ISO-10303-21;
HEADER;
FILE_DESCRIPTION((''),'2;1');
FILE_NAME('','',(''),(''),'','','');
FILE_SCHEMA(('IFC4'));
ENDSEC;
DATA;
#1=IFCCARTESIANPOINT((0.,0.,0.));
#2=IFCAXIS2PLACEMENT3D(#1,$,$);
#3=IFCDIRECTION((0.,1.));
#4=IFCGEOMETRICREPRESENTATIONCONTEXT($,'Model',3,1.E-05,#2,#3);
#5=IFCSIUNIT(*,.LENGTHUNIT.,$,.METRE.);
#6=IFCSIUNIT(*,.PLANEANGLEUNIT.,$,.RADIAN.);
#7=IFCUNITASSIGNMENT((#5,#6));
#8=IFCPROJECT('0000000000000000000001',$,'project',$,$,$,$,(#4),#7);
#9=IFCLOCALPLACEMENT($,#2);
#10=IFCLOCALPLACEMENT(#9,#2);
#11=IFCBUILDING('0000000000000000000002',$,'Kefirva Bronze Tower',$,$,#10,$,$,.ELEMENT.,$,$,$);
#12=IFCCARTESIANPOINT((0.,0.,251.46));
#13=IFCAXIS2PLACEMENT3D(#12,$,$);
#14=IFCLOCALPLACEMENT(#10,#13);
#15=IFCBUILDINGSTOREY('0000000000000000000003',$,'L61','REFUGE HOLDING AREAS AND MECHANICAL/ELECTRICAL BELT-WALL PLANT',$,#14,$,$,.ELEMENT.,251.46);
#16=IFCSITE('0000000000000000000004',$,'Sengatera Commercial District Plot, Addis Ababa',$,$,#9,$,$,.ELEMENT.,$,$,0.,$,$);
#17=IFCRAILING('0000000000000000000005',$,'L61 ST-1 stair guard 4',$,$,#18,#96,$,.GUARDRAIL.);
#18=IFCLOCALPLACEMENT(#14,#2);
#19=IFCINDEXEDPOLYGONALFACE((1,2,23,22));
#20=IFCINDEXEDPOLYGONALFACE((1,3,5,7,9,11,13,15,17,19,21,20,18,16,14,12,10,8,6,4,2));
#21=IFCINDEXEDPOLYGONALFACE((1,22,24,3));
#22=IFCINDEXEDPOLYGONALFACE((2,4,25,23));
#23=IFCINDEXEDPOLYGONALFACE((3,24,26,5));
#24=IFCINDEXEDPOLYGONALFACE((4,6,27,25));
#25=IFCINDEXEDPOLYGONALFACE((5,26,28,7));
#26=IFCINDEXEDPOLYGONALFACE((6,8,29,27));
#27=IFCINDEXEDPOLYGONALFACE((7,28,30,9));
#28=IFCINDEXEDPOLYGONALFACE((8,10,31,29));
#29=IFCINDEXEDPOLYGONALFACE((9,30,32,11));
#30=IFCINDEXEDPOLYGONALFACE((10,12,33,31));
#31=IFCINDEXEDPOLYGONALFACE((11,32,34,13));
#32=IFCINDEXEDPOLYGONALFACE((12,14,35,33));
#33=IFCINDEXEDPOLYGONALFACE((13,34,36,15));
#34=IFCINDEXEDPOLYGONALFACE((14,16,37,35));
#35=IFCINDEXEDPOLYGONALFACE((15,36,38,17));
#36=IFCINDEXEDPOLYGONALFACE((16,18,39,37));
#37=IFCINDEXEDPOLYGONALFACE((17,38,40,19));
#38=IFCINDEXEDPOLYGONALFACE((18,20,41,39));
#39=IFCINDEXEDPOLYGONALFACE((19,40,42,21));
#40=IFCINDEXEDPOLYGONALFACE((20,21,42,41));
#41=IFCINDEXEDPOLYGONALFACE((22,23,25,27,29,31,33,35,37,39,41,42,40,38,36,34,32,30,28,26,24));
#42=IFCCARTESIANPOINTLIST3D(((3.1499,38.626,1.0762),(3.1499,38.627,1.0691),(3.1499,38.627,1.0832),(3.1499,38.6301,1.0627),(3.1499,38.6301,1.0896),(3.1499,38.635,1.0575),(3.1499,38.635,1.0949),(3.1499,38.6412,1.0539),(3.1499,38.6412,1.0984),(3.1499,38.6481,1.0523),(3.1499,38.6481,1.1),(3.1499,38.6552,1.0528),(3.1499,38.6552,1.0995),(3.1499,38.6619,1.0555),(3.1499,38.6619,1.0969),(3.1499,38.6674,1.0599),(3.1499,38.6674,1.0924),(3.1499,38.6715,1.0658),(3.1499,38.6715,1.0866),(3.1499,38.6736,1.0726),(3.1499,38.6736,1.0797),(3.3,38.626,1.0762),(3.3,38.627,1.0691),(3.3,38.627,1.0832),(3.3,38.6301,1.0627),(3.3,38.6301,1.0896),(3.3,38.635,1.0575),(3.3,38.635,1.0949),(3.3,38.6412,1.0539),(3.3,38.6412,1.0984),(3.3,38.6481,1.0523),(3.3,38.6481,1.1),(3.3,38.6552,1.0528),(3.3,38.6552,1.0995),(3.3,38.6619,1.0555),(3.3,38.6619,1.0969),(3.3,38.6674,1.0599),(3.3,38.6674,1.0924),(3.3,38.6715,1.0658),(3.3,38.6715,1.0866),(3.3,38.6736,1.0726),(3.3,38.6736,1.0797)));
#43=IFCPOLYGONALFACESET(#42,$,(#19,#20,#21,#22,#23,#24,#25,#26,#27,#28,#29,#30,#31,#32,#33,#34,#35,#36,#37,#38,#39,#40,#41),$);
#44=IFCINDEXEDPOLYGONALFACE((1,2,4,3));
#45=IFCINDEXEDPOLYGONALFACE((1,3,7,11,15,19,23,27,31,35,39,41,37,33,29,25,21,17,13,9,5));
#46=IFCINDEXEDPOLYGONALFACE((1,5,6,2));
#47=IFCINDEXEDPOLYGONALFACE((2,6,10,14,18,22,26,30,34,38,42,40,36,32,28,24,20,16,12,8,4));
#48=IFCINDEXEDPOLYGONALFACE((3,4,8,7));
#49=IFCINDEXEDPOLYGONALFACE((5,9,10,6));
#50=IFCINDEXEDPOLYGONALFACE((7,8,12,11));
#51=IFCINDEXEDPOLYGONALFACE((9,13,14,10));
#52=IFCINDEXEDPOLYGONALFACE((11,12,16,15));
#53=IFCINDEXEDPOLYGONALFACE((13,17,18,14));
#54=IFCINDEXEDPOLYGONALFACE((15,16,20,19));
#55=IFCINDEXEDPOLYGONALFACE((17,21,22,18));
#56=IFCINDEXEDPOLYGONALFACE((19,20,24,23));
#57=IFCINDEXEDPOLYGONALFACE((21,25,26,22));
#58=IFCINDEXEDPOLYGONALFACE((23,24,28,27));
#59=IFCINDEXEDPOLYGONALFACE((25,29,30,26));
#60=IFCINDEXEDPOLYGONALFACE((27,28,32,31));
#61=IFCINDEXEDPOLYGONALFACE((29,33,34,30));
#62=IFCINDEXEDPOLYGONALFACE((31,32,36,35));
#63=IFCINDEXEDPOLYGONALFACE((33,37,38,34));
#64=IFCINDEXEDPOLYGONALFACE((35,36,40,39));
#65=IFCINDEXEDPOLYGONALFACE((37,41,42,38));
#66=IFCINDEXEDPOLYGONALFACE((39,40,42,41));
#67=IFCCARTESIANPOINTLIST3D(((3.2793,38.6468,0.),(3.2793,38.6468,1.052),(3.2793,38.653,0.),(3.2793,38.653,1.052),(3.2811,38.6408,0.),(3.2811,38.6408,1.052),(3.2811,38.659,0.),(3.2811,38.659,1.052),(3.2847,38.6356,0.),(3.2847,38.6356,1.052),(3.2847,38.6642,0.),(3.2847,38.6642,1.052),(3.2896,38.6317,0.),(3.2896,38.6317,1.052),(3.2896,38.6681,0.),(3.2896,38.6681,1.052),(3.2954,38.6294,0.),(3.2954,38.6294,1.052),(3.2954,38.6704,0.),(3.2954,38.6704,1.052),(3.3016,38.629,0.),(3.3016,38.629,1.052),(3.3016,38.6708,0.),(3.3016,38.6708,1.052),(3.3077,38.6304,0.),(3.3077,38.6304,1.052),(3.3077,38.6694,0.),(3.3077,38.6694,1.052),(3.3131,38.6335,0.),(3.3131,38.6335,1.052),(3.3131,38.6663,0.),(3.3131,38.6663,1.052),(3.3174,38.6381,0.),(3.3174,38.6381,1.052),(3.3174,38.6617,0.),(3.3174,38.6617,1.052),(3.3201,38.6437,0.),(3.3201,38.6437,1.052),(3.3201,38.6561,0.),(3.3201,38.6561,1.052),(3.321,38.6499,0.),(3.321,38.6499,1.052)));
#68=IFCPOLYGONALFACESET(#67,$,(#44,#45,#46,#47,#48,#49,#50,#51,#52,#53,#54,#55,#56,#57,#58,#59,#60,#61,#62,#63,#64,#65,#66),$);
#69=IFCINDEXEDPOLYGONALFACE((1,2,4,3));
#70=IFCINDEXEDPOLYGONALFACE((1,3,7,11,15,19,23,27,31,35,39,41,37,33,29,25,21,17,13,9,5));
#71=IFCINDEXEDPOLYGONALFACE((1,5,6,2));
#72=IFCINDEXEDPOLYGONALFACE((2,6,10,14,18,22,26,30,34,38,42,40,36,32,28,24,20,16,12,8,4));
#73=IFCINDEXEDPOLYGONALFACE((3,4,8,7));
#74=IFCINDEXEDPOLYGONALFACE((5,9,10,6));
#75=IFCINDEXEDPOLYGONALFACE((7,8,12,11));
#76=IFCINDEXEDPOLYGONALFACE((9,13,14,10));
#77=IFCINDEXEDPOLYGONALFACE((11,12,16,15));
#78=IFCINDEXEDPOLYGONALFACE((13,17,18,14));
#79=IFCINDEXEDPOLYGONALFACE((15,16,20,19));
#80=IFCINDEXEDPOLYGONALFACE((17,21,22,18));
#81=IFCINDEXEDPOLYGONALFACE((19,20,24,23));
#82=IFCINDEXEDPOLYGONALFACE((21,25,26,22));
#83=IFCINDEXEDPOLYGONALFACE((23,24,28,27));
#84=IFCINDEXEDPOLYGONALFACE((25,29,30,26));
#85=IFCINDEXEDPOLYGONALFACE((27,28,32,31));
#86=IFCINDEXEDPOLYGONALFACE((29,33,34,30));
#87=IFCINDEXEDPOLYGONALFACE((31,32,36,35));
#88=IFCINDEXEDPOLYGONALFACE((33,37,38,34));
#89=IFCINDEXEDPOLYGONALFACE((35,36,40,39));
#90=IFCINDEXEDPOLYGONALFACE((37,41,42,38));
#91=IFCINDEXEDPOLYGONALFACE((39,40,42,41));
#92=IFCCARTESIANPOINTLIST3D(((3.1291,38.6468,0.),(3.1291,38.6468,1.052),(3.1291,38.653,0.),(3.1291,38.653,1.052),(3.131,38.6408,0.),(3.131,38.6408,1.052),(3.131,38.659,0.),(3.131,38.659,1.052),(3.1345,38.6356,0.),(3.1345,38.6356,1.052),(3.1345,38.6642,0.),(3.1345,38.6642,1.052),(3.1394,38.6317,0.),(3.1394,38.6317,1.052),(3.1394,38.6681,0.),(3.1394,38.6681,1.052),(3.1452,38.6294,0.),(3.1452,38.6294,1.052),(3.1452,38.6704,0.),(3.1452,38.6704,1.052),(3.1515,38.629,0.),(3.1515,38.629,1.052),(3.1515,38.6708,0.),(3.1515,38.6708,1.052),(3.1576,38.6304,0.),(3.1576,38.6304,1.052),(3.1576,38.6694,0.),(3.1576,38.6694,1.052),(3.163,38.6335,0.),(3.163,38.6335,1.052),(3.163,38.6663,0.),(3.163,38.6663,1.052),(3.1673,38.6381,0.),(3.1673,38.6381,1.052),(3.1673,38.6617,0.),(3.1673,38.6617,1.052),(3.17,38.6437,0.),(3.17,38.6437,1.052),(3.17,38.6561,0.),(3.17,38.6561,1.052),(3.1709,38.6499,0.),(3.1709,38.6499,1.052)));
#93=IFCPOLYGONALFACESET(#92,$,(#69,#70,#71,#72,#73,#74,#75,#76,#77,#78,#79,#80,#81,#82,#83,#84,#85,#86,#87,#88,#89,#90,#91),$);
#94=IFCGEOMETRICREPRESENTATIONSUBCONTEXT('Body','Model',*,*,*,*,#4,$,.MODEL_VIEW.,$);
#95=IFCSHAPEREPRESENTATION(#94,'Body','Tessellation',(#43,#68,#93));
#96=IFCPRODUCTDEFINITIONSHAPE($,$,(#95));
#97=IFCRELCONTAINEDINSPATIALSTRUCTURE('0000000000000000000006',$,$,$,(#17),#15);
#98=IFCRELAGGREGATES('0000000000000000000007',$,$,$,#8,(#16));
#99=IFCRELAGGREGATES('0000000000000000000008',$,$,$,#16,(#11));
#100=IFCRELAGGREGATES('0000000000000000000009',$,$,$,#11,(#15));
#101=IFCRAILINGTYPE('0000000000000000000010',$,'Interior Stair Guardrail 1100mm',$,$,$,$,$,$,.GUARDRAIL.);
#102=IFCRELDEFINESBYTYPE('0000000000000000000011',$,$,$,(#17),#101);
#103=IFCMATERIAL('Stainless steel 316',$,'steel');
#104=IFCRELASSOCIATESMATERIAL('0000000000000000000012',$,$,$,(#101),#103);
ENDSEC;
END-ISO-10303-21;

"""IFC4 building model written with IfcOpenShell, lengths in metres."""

from ifc_helpers import new_model, si_unit, direction, frame, origin, origin_2d, place, context, subcontext, project, spatial, circle, extrude, material, type_object, element, save


model = new_model("IFC4")

# Units and contexts
model_context = context("Model", 3, precision=1e-05, world=origin(), true_north=direction((0.0, 1.0)))
body_context = subcontext(model_context, "Body", "Model", "MODEL_VIEW")
ifc_project = project(units=[si_unit("LENGTHUNIT", "METRE"), si_unit("PLANEANGLEUNIT", "RADIAN")], contexts=[model_context])

# Site, building, storey
site_placement = place(None, origin())
site = spatial("IfcSite", under=ifc_project, at=site_placement, Name="Sengatera Commercial District Plot, Addis Ababa", CompositionType="ELEMENT", RefElevation=0.0)
building_placement = place(site_placement, origin())
building = spatial("IfcBuilding", under=site, at=building_placement, Name="Kefirva Bronze Tower", CompositionType="ELEMENT")
storey_placement = place(building_placement, frame((0.0, 0.0, 251.46)))
storey = spatial("IfcBuildingStorey", under=building, at=storey_placement, Name="L61", Description="REFUGE HOLDING AREAS AND MECHANICAL/ELECTRICAL BELT-WALL PLANT", CompositionType="ELEMENT", Elevation=251.46)

# Shared definitions
ifc_material_1 = material(Name="Stainless steel 316", Category="steel")

# Railing
railing_type_1 = type_object("IfcRailingType", Name="Interior Stair Guardrail 1100mm", PredefinedType="GUARDRAIL", material=ifc_material_1)
railing_1_placement = place(storey_placement, frame((3.3, 38.6499, 0.0)))
element("IfcRailing", 1, at=railing_1_placement, inside=storey, type_object=railing_type_1, Name="L61 ST-1 stair guard 4", PredefinedType="GUARDRAIL", context=body_context, shape_type="SweptSolid", body=[
    extrude(circle(Radius=0.0239, at=origin_2d()), frame((0.0, 0.0, 1.0762), z_axis=(-1.0, 0.0, 0.0), x_axis=(0.0, -1.0, 0.0)), (0.0, 0.0, 1.0), 0.1501),
    extrude(circle(Radius=0.021, at=origin_2d()), origin(), (0.0, 0.0, 1.0), 1.052),
    extrude(circle(Radius=0.021, at=origin_2d()), frame((-0.1501, 0.0, 0.0)), (0.0, 0.0, 1.0), 1.052),
])

save(model, "model.ifc")
